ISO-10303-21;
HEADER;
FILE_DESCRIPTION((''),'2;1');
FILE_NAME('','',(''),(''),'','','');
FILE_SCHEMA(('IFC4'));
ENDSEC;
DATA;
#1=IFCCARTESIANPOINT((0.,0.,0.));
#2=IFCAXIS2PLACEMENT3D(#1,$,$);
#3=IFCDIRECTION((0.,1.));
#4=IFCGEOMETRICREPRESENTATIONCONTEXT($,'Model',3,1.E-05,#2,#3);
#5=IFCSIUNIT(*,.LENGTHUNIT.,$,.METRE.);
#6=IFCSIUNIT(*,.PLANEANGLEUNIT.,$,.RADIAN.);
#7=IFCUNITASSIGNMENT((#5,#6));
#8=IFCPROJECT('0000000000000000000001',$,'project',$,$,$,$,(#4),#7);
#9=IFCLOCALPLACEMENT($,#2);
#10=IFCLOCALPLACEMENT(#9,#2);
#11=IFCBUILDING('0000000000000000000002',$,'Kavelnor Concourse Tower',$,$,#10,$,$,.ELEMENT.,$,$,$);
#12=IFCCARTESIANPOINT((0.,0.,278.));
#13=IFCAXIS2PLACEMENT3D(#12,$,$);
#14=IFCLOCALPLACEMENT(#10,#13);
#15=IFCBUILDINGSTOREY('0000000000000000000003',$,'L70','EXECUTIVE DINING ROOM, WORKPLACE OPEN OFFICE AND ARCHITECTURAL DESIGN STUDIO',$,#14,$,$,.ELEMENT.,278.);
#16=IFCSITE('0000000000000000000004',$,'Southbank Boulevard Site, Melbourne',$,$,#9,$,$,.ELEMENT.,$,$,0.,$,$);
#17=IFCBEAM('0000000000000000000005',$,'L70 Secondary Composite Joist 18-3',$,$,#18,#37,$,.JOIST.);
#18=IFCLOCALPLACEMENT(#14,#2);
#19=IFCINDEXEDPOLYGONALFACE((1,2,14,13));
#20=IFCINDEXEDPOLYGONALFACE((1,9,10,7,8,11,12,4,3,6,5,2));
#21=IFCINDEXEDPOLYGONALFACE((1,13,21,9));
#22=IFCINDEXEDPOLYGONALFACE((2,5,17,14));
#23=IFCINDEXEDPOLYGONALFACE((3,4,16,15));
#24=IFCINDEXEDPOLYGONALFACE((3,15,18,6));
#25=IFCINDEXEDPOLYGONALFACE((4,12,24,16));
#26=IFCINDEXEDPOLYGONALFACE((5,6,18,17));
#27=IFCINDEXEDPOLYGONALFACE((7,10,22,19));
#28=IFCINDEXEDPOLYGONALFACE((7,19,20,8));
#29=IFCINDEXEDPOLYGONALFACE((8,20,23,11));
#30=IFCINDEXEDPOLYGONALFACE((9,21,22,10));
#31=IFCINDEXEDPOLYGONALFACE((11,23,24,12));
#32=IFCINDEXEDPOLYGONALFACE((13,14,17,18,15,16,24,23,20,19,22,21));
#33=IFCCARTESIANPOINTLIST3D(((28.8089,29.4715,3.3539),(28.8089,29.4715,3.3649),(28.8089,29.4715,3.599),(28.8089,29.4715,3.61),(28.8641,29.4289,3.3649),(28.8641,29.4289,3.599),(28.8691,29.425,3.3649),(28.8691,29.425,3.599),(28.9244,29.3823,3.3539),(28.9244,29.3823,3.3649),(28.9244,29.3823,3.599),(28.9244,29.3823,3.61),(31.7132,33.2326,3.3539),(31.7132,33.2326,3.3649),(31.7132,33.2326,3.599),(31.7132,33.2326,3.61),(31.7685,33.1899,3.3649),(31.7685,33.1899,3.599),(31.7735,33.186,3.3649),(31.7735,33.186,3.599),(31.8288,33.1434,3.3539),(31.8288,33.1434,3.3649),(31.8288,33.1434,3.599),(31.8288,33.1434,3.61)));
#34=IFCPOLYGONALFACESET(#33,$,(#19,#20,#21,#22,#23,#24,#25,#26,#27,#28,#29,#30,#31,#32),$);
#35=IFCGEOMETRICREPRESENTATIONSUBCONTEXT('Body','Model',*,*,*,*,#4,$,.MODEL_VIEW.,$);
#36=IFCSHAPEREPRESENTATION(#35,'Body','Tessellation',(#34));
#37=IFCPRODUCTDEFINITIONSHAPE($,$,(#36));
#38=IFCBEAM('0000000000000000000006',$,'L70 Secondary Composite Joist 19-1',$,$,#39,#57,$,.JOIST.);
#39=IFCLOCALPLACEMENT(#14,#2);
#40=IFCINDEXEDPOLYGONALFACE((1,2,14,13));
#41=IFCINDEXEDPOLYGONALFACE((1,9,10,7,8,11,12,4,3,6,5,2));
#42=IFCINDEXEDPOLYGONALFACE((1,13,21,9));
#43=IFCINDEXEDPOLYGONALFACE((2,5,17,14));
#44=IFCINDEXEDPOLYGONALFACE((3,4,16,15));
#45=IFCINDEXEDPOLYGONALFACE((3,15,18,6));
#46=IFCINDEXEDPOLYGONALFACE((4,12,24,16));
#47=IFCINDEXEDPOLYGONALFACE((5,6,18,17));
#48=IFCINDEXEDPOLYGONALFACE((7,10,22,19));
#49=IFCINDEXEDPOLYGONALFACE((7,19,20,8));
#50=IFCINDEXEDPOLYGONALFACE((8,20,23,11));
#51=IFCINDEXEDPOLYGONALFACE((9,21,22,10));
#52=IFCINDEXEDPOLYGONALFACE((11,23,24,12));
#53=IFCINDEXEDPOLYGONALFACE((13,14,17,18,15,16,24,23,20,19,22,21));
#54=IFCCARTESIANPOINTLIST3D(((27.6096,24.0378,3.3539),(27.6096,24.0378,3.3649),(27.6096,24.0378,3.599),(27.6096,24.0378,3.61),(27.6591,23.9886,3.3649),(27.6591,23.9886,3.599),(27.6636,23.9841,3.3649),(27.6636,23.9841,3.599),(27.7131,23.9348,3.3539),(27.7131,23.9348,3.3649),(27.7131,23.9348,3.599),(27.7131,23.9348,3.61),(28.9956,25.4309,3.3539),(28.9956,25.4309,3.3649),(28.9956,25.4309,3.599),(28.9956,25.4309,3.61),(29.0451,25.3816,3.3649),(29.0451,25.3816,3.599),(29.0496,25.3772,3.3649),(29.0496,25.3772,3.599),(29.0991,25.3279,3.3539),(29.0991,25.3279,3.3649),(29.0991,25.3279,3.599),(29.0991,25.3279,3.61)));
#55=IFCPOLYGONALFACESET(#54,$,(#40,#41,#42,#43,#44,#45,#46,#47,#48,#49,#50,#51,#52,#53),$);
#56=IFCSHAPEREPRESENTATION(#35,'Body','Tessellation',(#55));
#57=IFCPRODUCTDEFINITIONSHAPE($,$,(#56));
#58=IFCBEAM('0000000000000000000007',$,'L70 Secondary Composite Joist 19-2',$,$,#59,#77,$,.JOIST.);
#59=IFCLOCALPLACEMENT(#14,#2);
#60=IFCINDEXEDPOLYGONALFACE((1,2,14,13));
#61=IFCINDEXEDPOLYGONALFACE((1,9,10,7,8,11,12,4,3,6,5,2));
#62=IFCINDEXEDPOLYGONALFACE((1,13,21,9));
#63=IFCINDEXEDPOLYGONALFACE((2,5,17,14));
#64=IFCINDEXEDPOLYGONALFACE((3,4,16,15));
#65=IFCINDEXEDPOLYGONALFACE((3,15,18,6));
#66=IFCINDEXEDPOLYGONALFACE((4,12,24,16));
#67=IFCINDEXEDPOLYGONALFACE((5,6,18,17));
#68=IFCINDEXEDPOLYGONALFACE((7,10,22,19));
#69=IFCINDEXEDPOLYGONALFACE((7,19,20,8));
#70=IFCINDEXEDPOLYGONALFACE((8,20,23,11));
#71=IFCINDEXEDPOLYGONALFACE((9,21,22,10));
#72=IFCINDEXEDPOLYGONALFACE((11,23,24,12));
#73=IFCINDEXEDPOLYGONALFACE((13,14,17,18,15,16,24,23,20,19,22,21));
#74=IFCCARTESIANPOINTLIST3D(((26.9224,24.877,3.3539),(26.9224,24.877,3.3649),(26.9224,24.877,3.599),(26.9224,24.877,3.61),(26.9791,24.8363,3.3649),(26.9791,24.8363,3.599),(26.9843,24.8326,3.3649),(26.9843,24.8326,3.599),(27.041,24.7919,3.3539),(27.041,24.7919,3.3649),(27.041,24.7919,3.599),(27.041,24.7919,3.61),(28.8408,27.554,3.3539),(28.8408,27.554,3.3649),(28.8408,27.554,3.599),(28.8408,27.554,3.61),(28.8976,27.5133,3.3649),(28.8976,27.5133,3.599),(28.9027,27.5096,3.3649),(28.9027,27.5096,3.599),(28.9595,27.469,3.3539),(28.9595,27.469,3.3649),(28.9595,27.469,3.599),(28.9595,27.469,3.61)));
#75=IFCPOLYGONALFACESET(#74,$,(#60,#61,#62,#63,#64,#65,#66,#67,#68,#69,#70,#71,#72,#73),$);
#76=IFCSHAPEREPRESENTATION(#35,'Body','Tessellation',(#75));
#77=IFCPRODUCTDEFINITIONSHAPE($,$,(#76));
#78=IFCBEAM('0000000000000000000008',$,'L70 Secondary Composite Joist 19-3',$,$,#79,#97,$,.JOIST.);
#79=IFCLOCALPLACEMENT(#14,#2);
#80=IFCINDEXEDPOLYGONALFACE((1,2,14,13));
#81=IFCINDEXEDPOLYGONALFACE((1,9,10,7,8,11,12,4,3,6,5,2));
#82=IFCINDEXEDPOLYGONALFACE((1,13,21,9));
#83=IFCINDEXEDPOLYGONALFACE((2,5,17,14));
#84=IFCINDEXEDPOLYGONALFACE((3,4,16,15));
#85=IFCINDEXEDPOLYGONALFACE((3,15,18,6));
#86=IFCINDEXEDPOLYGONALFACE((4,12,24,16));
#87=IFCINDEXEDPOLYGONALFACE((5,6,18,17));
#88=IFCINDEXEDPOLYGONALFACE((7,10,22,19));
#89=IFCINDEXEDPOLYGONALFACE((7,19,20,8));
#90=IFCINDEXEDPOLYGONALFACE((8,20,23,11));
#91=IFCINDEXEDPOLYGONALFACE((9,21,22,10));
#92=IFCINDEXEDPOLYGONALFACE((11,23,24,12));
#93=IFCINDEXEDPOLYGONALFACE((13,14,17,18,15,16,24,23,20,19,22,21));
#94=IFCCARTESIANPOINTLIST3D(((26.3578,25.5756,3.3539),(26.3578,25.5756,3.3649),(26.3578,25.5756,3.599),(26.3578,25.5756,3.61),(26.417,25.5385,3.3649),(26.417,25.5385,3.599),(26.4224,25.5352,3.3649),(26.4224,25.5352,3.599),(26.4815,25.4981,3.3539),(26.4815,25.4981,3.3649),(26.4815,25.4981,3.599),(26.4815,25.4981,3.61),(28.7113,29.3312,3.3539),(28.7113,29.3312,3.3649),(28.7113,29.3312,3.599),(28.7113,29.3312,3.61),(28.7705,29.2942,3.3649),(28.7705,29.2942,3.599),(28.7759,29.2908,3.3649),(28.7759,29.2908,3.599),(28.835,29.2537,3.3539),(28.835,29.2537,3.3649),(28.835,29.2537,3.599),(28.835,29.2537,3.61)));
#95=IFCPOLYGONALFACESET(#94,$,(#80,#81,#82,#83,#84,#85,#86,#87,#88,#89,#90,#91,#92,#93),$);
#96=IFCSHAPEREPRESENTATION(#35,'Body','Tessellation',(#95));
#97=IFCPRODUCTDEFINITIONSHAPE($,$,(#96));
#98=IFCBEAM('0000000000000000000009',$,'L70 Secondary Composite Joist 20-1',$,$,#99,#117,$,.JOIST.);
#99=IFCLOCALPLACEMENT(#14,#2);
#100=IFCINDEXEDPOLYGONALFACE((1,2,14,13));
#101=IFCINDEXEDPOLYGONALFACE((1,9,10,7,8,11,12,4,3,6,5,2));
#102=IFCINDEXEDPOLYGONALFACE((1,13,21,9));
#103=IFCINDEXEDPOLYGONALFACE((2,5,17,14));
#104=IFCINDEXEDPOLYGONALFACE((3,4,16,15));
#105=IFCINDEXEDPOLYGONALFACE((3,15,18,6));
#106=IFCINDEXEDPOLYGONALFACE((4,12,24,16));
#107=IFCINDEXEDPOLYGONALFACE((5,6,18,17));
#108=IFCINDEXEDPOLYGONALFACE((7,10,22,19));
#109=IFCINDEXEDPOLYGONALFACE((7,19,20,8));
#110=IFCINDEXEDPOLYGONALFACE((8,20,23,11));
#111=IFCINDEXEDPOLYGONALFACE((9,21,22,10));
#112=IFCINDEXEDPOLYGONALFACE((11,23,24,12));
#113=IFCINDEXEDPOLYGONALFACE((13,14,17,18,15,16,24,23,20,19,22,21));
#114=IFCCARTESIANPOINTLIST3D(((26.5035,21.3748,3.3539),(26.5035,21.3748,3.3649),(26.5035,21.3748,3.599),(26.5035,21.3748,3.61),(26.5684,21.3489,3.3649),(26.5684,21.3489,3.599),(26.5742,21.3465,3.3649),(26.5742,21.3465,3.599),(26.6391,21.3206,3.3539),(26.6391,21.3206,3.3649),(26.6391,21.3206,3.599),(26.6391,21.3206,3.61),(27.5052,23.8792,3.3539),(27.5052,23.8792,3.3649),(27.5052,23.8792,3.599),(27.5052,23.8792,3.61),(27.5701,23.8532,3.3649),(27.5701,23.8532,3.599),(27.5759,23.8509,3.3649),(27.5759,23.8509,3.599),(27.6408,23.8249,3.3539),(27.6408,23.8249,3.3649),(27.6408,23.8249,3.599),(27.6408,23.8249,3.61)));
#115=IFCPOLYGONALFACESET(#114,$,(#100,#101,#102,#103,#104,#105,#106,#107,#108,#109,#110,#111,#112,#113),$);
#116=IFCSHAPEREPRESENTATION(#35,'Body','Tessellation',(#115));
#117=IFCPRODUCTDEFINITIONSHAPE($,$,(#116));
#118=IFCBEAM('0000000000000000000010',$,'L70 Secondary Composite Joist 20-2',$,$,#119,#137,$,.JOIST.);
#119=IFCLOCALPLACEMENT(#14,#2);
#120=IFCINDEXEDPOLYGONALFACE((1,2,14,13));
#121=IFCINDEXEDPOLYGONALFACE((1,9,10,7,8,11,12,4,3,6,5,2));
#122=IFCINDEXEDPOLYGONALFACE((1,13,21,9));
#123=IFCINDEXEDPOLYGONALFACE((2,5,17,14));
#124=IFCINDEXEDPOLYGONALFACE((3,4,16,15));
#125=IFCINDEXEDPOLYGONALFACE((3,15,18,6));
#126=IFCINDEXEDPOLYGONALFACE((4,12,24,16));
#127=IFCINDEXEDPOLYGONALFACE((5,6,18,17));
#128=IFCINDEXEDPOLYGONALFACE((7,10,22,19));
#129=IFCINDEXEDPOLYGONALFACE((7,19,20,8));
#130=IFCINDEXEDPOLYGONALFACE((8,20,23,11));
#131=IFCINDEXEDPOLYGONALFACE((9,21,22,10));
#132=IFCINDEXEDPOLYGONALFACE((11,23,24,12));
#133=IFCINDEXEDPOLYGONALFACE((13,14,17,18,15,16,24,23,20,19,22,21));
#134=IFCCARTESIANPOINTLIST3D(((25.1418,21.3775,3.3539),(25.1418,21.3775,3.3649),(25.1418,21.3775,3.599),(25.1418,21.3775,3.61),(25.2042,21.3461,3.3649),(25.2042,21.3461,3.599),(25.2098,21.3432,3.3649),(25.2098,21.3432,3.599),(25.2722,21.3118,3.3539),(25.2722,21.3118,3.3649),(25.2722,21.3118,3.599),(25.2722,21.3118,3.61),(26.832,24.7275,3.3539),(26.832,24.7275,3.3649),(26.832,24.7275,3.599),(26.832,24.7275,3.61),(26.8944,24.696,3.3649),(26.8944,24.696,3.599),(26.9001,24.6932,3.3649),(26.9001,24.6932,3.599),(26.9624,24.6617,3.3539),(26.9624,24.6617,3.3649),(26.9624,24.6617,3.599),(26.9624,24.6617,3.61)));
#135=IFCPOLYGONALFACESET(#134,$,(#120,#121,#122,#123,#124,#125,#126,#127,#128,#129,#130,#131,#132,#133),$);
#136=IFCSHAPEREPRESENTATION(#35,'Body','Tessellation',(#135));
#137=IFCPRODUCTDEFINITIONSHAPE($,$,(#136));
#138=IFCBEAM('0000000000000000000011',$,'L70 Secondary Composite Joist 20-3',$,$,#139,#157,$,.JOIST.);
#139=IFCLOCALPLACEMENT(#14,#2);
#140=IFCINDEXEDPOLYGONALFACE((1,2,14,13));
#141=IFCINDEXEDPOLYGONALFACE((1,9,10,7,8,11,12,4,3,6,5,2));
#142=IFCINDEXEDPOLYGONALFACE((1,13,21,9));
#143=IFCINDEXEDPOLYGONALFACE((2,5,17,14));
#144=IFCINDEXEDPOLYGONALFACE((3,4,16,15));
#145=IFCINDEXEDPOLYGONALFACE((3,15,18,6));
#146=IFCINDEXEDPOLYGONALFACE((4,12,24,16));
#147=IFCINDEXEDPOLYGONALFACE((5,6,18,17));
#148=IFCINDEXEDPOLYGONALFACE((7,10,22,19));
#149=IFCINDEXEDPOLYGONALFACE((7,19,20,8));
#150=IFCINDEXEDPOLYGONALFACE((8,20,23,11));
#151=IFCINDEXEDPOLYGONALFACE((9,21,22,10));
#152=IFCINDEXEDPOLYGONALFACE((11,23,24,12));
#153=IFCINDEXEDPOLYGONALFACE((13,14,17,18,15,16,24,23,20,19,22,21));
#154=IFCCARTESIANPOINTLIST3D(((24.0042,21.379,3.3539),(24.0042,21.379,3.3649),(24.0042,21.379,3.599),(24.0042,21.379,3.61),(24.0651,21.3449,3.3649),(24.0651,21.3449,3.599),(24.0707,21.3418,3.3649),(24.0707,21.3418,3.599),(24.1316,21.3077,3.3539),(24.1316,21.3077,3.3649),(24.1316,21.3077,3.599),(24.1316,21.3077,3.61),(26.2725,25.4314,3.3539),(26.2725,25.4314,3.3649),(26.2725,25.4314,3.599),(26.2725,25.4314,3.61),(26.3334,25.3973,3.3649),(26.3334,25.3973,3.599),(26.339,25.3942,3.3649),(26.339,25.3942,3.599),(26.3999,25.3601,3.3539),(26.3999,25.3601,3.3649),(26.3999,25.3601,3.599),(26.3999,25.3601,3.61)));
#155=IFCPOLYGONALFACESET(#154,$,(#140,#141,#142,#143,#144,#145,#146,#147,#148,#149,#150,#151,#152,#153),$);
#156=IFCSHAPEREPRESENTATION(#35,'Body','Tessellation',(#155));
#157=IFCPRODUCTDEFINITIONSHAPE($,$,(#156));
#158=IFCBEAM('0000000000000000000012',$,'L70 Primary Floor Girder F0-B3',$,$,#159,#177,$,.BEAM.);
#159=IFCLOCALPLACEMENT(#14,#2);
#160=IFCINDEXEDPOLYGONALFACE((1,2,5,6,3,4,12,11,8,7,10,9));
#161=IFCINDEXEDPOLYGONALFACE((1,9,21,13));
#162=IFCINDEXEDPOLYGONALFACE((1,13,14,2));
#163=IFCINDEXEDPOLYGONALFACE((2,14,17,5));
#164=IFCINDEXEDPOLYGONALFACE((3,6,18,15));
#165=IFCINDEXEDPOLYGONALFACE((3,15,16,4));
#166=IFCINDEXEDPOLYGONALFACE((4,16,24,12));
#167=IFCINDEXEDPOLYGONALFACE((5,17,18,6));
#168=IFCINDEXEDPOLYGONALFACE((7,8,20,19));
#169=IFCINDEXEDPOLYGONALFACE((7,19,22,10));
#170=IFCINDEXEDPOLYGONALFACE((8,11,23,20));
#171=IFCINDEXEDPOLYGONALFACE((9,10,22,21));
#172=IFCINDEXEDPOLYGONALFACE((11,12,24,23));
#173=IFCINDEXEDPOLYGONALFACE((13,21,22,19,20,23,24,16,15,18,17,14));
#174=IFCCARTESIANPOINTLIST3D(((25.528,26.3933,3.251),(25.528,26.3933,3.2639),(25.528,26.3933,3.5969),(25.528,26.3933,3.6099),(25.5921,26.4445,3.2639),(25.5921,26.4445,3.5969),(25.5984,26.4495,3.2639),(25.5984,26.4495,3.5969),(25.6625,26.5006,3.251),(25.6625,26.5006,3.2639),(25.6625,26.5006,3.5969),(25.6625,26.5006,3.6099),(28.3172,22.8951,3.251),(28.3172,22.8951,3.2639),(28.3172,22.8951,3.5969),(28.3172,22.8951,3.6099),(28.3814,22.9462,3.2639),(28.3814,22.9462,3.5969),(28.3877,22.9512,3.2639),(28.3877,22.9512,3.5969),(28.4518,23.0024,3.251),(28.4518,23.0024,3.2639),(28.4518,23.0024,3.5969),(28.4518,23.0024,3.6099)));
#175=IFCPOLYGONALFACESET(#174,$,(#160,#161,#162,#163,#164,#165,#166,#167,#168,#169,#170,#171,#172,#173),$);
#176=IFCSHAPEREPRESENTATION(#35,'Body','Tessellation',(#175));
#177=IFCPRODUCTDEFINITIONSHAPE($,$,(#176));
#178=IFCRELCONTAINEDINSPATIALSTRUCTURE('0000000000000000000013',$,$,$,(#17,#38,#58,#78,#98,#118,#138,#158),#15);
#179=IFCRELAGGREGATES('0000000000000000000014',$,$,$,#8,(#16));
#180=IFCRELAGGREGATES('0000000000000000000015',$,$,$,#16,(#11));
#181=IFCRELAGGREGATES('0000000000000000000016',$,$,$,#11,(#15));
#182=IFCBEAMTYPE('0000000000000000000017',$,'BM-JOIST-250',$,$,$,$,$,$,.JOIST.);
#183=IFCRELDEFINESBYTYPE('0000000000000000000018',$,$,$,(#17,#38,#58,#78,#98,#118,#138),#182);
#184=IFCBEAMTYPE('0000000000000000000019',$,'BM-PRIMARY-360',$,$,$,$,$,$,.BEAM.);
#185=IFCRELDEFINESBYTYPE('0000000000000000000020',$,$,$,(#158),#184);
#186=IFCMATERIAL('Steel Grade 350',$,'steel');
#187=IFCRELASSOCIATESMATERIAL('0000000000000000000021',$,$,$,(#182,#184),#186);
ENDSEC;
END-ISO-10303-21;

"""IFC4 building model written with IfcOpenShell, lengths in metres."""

from ifc_helpers import new_model, si_unit, direction, frame, origin, origin_2d, place, context, subcontext, project, spatial, i_section, extrude, material, material_profile, profile_set, type_object, element, save


model = new_model("IFC4")

# Units and contexts
model_context = context("Model", 3, precision=1e-05, world=origin(), true_north=direction((0.0, 1.0)))
body_context = subcontext(model_context, "Body", "Model", "MODEL_VIEW")
ifc_project = project(units=[si_unit("LENGTHUNIT", "METRE"), si_unit("PLANEANGLEUNIT", "RADIAN")], contexts=[model_context])

# Site, building, storey
site_placement = place(None, origin())
site = spatial("IfcSite", under=ifc_project, at=site_placement, Name="Southbank Boulevard Site, Melbourne", CompositionType="ELEMENT", RefElevation=0.0)
building_placement = place(site_placement, origin())
building = spatial("IfcBuilding", under=site, at=building_placement, Name="Kavelnor Concourse Tower", CompositionType="ELEMENT")
storey_placement = place(building_placement, frame((0.0, 0.0, 278.0)))
storey = spatial("IfcBuildingStorey", under=building, at=storey_placement, Name="L70", Description="EXECUTIVE DINING ROOM, WORKPLACE OPEN OFFICE AND ARCHITECTURAL DESIGN STUDIO", CompositionType="ELEMENT", Elevation=278.0)

# Shared definitions
ifc_material_1 = material(Name="Steel Grade 350", Category="steel")

# Beams
ifc_material_profile_1 = material_profile(ifc_material_1, i_section(OverallWidth=0.146, OverallDepth=0.2561, WebThickness=0.0063, FlangeThickness=0.011, at=origin_2d()), Name="250UB37")
ifc_profile_set_1 = profile_set([ifc_material_profile_1], Name="Steel Grade 350")
beam_type_1 = type_object("IfcBeamType", Name="BM-JOIST-250", PredefinedType="JOIST", material=ifc_profile_set_1)
beam_1_placement = place(storey_placement, frame((31.771, 33.188, 3.4819), z_axis=(-0.611195, -0.79148, 0.0), x_axis=(0.79148, -0.611195, 0.0)))
element("IfcBeam", 1, at=beam_1_placement, inside=storey, type_object=beam_type_1, Name="L70 Secondary Composite Joist 18-3", PredefinedType="JOIST", context=body_context, shape_type="SweptSolid", body=[
    extrude(i_section(OverallWidth=0.146, OverallDepth=0.2561, WebThickness=0.0063, FlangeThickness=0.011, at=origin_2d()), origin(), (0.0, 0.0, 1.0), 4.752),
])
beam_2_placement = place(storey_placement, frame((29.0474, 25.3794, 3.4819), z_axis=(-0.705303, -0.708906, 0.0), x_axis=(0.708906, -0.705303, 0.0)))
element("IfcBeam", 2, at=beam_2_placement, inside=storey, type_object=beam_type_1, Name="L70 Secondary Composite Joist 19-1", PredefinedType="JOIST", context=body_context, shape_type="SweptSolid", body=[
    extrude(i_section(OverallWidth=0.146, OverallDepth=0.2561, WebThickness=0.0063, FlangeThickness=0.011, at=origin_2d()), origin(), (0.0, 0.0, 1.0), 1.9651),
])
beam_3_placement = place(storey_placement, frame((28.9001, 27.5115, 3.4819), z_axis=(-0.582507, -0.812826, 0.0), x_axis=(0.812826, -0.582507, 0.0)))
element("IfcBeam", 3, at=beam_3_placement, inside=storey, type_object=beam_type_1, Name="L70 Secondary Composite Joist 19-2", PredefinedType="JOIST", context=body_context, shape_type="SweptSolid", body=[
    extrude(i_section(OverallWidth=0.146, OverallDepth=0.2561, WebThickness=0.0063, FlangeThickness=0.011, at=origin_2d()), origin(), (0.0, 0.0, 1.0), 3.2935),
])
beam_4_placement = place(storey_placement, frame((28.7732, 29.2925, 3.4819), z_axis=(-0.531014, -0.847363, 0.0), x_axis=(0.847363, -0.531014, 0.0)))
element("IfcBeam", 4, at=beam_4_placement, inside=storey, type_object=beam_type_1, Name="L70 Secondary Composite Joist 19-3", PredefinedType="JOIST", context=body_context, shape_type="SweptSolid", body=[
    extrude(i_section(OverallWidth=0.146, OverallDepth=0.2561, WebThickness=0.0063, FlangeThickness=0.011, at=origin_2d()), origin(), (0.0, 0.0, 1.0), 4.4321),
])
beam_5_placement = place(storey_placement, frame((27.573, 23.8521, 3.4819), z_axis=(-0.371375, -0.928483, 0.0), x_axis=(0.928483, -0.371375, 0.0)))
element("IfcBeam", 5, at=beam_5_placement, inside=storey, type_object=beam_type_1, Name="L70 Secondary Composite Joist 20-1", PredefinedType="JOIST", context=body_context, shape_type="SweptSolid", body=[
    extrude(i_section(OverallWidth=0.146, OverallDepth=0.2561, WebThickness=0.0063, FlangeThickness=0.011, at=origin_2d()), origin(), (0.0, 0.0, 1.0), 2.6973),
])
beam_6_placement = place(storey_placement, frame((26.8972, 24.6946, 3.4819), z_axis=(-0.450464, -0.892795, 0.0), x_axis=(0.892795, -0.450464, 0.0)))
element("IfcBeam", 6, at=beam_6_placement, inside=storey, type_object=beam_type_1, Name="L70 Secondary Composite Joist 20-2", PredefinedType="JOIST", context=body_context, shape_type="SweptSolid", body=[
    extrude(i_section(OverallWidth=0.146, OverallDepth=0.2561, WebThickness=0.0063, FlangeThickness=0.011, at=origin_2d()), origin(), (0.0, 0.0, 1.0), 3.7522),
])
beam_7_placement = place(storey_placement, frame((26.3362, 25.3958, 3.4819), z_axis=(-0.488426, -0.872606, 0.0), x_axis=(0.872606, -0.488426, 0.0)))
element("IfcBeam", 7, at=beam_7_placement, inside=storey, type_object=beam_type_1, Name="L70 Secondary Composite Joist 20-3", PredefinedType="JOIST", context=body_context, shape_type="SweptSolid", body=[
    extrude(i_section(OverallWidth=0.146, OverallDepth=0.2561, WebThickness=0.0063, FlangeThickness=0.011, at=origin_2d()), origin(), (0.0, 0.0, 1.0), 4.644),
])
ifc_material_profile_2 = material_profile(ifc_material_1, i_section(OverallWidth=0.1721, OverallDepth=0.3589, WebThickness=0.0081, FlangeThickness=0.0129, at=origin_2d()), Name="360UB56")
ifc_profile_set_2 = profile_set([ifc_material_profile_2], Name="Steel Grade 350")
beam_type_2 = type_object("IfcBeamType", Name="BM-PRIMARY-360", PredefinedType="BEAM", material=ifc_profile_set_2)
beam_8_placement = place(storey_placement, frame((28.3845, 22.9487, 3.4304), z_axis=(-0.623423, 0.781885, 0.0), x_axis=(-0.781885, -0.623423, 0.0)))
element("IfcBeam", 8, at=beam_8_placement, inside=storey, type_object=beam_type_2, Name="L70 Primary Floor Girder F0-B3", PredefinedType="BEAM", context=body_context, shape_type="SweptSolid", body=[
    extrude(i_section(OverallWidth=0.1721, OverallDepth=0.3589, WebThickness=0.0081, FlangeThickness=0.0129, at=origin_2d()), origin(), (0.0, 0.0, 1.0), 4.4741),
])

save(model, "model.ifc")
